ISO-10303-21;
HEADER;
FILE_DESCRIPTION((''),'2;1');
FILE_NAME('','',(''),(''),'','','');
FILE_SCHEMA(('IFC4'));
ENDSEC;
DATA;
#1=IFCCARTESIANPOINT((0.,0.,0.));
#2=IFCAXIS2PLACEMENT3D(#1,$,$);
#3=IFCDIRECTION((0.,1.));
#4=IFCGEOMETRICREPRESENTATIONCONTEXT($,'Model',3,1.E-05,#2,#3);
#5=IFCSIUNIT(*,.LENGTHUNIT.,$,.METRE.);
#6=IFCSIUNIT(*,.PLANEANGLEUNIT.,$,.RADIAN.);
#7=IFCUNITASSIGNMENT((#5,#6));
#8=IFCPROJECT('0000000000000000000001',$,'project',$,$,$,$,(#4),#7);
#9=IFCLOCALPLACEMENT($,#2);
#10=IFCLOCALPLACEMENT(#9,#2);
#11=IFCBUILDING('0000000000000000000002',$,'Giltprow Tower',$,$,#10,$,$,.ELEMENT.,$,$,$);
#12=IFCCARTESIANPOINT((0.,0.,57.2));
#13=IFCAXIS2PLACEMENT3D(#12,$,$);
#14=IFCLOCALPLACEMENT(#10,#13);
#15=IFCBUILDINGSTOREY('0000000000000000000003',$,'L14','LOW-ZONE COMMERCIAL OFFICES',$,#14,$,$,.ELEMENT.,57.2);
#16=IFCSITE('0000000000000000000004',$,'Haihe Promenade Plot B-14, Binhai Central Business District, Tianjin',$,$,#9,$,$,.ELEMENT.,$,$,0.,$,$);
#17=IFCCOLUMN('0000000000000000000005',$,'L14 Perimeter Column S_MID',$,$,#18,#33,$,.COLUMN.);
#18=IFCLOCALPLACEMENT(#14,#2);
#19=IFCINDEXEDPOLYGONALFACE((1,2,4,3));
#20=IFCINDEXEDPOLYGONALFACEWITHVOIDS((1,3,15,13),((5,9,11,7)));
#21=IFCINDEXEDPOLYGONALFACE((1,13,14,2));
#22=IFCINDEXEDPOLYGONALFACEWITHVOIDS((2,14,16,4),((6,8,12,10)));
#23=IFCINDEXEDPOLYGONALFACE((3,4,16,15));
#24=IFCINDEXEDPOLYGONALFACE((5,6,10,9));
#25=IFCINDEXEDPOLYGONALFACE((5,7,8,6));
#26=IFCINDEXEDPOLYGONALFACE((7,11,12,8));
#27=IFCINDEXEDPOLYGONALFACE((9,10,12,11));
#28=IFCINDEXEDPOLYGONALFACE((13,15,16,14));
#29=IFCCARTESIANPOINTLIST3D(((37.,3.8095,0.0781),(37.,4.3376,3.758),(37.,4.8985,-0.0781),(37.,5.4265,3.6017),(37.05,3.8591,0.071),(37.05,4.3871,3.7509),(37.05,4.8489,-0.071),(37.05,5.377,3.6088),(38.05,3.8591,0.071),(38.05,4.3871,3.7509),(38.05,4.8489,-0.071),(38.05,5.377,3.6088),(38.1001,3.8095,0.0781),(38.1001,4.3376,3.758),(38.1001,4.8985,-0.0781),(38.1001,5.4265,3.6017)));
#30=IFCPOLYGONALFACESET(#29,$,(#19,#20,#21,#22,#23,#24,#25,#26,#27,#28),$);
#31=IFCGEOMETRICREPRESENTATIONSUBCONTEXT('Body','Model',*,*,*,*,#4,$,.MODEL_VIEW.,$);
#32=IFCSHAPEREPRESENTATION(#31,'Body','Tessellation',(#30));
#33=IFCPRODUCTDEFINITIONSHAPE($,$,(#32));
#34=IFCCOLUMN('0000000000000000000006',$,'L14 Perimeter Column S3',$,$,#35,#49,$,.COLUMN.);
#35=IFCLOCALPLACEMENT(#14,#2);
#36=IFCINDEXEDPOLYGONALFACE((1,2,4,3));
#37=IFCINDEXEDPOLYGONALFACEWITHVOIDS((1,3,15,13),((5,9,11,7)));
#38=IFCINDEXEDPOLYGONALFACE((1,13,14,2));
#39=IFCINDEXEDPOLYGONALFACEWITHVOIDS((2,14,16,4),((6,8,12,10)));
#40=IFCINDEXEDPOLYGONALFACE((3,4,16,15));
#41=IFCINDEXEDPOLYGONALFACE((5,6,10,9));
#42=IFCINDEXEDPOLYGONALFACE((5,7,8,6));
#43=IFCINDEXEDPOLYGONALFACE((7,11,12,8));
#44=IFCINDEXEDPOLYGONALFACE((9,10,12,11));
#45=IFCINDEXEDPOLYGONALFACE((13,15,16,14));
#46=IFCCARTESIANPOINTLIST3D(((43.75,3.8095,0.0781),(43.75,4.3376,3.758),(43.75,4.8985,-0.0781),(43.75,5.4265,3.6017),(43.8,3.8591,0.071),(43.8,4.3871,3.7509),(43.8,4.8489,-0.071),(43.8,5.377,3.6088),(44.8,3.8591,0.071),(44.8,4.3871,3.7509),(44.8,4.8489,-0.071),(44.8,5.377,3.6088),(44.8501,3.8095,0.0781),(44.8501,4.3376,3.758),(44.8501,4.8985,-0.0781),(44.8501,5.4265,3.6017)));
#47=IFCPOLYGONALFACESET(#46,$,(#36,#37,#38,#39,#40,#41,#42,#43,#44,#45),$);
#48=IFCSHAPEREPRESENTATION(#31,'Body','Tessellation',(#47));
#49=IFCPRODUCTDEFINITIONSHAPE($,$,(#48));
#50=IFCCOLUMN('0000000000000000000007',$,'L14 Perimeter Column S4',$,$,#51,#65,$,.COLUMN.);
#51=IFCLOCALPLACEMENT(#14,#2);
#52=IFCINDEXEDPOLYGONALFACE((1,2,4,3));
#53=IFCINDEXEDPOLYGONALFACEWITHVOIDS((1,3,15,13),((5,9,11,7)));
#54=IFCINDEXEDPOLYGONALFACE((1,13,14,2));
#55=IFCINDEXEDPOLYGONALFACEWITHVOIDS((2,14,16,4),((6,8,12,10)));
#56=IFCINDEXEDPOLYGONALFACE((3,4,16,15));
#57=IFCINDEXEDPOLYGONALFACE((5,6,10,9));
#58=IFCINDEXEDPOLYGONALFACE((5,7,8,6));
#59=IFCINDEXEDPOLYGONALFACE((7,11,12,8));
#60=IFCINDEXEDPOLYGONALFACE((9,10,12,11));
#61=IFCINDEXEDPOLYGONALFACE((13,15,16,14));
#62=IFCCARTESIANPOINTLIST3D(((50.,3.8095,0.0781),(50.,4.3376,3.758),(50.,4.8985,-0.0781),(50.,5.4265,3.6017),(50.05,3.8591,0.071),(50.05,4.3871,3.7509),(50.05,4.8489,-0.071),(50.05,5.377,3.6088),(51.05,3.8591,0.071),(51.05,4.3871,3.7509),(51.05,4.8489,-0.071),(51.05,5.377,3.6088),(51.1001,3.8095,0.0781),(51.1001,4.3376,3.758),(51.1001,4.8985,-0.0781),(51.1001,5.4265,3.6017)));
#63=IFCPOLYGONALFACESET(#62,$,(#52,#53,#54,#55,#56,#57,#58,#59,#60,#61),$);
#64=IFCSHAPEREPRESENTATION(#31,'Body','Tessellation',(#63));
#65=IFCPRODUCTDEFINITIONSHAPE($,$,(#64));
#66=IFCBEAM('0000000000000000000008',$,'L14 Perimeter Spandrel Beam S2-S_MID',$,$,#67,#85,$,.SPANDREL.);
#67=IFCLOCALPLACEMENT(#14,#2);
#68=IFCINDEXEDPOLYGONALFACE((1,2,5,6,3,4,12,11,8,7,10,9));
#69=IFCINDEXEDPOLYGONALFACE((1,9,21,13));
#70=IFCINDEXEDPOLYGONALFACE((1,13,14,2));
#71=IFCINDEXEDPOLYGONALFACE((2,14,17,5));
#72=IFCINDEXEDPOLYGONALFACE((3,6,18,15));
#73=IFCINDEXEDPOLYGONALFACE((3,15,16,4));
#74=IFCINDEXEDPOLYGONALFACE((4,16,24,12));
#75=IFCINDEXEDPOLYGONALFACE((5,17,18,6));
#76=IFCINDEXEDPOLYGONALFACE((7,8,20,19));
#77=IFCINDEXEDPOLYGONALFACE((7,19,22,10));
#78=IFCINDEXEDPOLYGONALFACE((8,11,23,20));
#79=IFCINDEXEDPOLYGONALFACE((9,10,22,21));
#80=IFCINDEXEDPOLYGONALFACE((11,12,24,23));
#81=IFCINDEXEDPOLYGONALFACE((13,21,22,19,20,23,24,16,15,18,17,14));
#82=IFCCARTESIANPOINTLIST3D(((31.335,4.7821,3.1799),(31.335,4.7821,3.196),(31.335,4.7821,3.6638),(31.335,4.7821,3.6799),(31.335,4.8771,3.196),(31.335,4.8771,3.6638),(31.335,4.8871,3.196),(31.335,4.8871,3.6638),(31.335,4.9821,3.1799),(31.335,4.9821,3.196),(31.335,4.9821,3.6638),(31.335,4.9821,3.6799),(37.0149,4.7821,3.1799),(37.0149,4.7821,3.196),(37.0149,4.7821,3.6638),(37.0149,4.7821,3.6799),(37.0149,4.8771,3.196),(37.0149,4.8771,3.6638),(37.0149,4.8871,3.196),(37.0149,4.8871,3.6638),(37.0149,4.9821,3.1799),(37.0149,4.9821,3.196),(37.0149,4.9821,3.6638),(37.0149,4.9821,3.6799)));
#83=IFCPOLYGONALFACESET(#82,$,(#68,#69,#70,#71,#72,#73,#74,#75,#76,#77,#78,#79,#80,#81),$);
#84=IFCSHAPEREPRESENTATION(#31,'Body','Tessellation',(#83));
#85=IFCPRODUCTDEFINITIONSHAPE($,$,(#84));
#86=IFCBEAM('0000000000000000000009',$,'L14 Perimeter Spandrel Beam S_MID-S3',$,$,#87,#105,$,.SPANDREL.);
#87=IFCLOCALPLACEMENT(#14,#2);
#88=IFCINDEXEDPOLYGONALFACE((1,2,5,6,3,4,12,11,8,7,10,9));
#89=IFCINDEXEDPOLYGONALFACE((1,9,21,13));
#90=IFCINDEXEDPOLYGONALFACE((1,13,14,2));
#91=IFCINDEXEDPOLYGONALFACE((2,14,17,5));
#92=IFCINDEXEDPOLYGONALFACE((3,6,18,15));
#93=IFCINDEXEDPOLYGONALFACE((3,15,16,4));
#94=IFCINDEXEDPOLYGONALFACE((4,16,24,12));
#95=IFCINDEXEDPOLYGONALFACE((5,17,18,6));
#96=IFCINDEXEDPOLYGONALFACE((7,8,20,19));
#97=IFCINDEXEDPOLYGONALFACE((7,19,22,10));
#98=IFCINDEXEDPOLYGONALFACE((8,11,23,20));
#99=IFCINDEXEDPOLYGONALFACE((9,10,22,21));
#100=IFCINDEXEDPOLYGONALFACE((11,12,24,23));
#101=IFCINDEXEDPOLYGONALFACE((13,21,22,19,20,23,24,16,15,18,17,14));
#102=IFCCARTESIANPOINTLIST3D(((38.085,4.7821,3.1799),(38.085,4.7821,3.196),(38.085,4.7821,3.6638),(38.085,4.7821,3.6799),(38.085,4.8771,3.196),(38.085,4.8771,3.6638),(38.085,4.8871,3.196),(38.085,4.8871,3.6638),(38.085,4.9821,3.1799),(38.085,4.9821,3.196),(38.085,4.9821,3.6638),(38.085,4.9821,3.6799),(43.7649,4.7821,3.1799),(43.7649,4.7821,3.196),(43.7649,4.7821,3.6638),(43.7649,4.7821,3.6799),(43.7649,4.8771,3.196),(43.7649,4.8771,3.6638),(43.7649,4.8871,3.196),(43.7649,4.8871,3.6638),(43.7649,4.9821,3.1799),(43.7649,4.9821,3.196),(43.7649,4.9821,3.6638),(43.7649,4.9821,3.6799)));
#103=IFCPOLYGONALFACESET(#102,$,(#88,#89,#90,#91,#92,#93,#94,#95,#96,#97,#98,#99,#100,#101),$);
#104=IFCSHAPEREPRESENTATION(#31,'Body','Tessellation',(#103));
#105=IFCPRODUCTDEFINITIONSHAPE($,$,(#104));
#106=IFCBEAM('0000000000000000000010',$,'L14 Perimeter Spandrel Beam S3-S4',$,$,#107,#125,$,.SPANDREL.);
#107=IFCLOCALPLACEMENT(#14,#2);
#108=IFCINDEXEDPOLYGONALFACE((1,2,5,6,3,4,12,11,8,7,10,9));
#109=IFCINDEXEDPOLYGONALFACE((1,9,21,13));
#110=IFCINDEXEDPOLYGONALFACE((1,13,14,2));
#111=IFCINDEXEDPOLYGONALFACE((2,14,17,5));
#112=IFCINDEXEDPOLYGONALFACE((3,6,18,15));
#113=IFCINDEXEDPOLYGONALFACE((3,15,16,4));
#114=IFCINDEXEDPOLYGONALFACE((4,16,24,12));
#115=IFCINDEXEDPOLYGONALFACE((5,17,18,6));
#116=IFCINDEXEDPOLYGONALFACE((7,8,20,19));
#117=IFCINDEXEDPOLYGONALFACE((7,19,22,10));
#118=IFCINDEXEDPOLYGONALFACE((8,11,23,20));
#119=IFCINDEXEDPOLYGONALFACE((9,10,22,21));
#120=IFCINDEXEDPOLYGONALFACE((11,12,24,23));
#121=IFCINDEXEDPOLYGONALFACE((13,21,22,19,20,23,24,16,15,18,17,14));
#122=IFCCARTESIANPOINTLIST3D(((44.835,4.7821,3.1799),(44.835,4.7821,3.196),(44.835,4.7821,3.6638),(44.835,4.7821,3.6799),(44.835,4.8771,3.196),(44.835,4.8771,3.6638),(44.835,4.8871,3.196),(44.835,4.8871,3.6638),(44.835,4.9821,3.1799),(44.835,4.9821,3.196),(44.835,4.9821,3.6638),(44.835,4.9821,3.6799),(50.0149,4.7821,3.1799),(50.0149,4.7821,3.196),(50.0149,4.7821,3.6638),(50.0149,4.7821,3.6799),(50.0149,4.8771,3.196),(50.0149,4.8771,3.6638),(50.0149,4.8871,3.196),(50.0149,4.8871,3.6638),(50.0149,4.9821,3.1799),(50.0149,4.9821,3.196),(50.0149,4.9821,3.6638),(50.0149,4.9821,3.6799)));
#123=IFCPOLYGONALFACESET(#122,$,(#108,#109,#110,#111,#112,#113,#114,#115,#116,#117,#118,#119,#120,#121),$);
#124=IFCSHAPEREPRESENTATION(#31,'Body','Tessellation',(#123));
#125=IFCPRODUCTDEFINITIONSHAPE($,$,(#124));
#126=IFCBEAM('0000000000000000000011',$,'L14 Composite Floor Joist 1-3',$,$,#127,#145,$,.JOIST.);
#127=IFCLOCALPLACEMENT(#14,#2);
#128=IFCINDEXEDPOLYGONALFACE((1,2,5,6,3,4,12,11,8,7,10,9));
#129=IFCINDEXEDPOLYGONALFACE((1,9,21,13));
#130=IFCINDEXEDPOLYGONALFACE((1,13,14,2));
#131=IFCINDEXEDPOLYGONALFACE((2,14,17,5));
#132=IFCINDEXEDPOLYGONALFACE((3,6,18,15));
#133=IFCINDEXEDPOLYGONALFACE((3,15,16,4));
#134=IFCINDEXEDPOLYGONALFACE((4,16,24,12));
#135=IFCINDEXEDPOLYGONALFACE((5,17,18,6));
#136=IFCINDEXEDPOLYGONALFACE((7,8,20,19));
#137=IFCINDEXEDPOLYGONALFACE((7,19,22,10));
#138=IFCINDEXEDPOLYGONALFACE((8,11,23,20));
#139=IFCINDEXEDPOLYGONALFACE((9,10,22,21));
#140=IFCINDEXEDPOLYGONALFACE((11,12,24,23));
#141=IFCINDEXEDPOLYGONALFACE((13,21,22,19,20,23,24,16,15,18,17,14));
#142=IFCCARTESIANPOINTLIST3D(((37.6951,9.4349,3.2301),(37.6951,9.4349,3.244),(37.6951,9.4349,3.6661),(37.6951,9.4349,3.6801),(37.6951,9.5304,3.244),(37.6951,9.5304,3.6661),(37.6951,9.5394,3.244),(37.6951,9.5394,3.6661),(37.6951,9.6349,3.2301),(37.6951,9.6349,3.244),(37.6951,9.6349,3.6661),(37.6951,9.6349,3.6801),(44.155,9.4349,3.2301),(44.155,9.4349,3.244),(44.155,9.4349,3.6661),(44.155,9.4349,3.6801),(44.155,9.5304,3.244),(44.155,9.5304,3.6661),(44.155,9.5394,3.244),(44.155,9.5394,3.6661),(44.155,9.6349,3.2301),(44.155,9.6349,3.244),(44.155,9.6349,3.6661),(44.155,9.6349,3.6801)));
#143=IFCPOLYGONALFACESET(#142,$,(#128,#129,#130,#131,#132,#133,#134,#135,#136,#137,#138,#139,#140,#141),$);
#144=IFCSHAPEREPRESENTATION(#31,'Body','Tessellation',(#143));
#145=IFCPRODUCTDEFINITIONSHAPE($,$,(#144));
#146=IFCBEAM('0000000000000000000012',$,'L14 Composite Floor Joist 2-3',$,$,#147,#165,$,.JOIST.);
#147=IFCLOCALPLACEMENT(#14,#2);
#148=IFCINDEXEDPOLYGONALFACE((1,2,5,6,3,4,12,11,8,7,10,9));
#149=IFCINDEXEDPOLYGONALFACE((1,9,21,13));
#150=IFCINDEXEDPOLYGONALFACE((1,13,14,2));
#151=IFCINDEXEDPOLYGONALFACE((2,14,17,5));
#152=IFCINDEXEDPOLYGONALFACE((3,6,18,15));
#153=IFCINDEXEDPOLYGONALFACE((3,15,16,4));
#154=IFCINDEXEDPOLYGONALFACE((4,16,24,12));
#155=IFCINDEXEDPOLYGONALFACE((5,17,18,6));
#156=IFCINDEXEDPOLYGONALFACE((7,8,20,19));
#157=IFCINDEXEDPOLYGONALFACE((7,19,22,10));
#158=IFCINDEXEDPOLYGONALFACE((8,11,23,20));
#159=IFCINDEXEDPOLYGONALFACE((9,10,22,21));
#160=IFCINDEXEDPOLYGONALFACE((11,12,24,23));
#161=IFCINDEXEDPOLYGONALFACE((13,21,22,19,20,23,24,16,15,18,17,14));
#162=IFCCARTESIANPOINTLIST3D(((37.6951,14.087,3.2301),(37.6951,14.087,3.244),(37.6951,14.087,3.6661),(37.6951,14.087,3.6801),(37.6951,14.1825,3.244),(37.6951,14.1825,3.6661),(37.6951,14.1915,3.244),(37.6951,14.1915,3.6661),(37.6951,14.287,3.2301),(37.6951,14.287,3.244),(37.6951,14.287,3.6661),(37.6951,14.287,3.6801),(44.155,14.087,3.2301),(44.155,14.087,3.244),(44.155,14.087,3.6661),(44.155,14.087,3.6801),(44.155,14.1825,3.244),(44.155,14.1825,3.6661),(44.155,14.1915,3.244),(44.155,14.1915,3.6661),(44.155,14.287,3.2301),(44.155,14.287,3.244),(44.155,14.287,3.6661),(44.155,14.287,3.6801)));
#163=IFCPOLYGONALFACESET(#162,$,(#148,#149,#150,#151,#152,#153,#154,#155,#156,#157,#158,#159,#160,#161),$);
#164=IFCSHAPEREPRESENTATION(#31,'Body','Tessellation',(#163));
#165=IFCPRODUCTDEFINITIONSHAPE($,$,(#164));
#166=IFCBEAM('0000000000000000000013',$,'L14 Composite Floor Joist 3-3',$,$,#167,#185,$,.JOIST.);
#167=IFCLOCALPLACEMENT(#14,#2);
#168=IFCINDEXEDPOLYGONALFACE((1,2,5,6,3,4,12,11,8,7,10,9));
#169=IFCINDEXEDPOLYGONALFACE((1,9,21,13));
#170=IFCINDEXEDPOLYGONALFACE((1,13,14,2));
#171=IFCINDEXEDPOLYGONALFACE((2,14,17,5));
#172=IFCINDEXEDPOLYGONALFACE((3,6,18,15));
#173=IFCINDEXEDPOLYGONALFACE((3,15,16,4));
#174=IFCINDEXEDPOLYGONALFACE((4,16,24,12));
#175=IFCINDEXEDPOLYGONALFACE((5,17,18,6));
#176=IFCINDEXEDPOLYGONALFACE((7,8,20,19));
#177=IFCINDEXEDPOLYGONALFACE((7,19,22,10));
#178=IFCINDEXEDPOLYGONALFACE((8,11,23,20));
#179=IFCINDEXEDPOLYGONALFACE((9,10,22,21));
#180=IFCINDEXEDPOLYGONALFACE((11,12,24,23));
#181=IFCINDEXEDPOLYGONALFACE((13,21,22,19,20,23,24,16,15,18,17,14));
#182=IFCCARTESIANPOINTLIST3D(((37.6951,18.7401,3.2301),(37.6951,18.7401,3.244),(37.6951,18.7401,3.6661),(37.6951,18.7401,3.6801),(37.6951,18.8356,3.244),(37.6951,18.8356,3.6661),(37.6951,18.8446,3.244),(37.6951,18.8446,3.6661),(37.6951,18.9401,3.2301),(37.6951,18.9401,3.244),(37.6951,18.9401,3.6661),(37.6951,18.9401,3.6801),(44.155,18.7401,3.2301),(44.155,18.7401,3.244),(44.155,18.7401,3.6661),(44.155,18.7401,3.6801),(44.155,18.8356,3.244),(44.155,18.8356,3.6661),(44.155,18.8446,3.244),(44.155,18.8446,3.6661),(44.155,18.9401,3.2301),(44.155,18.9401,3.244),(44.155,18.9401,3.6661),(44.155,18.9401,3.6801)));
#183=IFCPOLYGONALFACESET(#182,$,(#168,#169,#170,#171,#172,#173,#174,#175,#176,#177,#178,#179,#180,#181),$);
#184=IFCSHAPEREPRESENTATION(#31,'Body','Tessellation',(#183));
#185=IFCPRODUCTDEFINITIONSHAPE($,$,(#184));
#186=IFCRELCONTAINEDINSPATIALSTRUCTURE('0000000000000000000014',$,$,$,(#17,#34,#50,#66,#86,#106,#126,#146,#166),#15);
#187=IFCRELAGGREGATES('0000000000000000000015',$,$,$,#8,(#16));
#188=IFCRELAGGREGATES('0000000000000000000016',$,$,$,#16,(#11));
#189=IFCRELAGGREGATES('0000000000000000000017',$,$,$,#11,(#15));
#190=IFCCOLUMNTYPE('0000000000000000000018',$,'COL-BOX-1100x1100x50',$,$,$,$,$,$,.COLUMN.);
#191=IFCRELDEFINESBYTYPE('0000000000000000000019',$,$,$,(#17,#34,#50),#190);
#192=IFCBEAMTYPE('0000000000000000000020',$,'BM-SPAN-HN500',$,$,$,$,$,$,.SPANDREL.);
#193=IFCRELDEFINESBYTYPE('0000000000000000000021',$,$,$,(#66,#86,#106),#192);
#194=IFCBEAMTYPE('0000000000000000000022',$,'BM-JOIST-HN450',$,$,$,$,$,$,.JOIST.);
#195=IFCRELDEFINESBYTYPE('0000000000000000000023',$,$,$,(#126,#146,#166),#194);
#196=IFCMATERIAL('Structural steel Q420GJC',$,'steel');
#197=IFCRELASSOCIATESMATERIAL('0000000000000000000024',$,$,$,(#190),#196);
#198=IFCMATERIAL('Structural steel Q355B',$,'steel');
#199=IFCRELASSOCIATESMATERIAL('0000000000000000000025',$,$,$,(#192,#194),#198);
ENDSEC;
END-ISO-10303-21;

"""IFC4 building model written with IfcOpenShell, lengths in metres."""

from ifc_helpers import new_model, si_unit, direction, frame, origin, origin_2d, place, context, subcontext, project, spatial, hollow_rectangle, i_section, extrude, source, transform, mapped, material, material_profile, profile_set, type_object, element, save


model = new_model("IFC4")

# Units and contexts
model_context = context("Model", 3, precision=1e-05, world=origin(), true_north=direction((0.0, 1.0)))
body_context = subcontext(model_context, "Body", "Model", "MODEL_VIEW")
ifc_project = project(units=[si_unit("LENGTHUNIT", "METRE"), si_unit("PLANEANGLEUNIT", "RADIAN")], contexts=[model_context])

# Site, building, storey
site_placement = place(None, origin())
site = spatial("IfcSite", under=ifc_project, at=site_placement, Name="Haihe Promenade Plot B-14, Binhai Central Business District, Tianjin", CompositionType="ELEMENT", RefElevation=0.0)
building_placement = place(site_placement, origin())
building = spatial("IfcBuilding", under=site, at=building_placement, Name="Giltprow Tower", CompositionType="ELEMENT")
storey_placement = place(building_placement, frame((0.0, 0.0, 57.2)))
storey = spatial("IfcBuildingStorey", under=building, at=storey_placement, Name="L14", Description="LOW-ZONE COMMERCIAL OFFICES", CompositionType="ELEMENT", Elevation=57.2)

# Columns
ifc_material_1 = material(Name="Structural steel Q420GJC", Category="steel")
ifc_material_profile_1 = material_profile(ifc_material_1, hollow_rectangle(XDim=1.1001, YDim=1.1001, WallThickness=0.05, at=origin_2d()), Name="BOX 1100x1100x50")
ifc_profile_set_1 = profile_set([ifc_material_profile_1], Name="Structural steel Q420GJC")
column_type = type_object("IfcColumnType", Name="COL-BOX-1100x1100x50", PredefinedType="COLUMN", material=ifc_profile_set_1)
shared_shape_1 = source(origin(), body_context, "Body", "SweptSolid", [
    extrude(hollow_rectangle(XDim=1.1001, YDim=1.1001, WallThickness=0.05, at=origin_2d()), origin(), (0.0, 0.0, 1.0), 3.7175),
])
for number, where, z_axis, x_axis, name in (
    (1, (37.55, 4.354, 0.0), (0.0, 0.142047, 0.98986), (-1.0, 0.0, 0.0), "L14 Perimeter Column S_MID"),
    (2, (44.3, 4.354, 0.0), (0.0, 0.142047, 0.98986), (-1.0, 0.0, 0.0), "L14 Perimeter Column S3"),
    (3, (50.55, 4.354, 0.0), (0.0, 0.142047, 0.98986), (-1.0, 0.0, 0.0), "L14 Perimeter Column S4"),
):
    element("IfcColumn", number, at=place(storey_placement, frame(where, z_axis=z_axis, x_axis=x_axis)), inside=storey, type_object=column_type, Name=name, PredefinedType="COLUMN", context=body_context, shape_type="MappedRepresentation", body=[
        mapped(shared_shape_1, transform((0.0, 0.0, 0.0), x_axis=(1.0, 0.0, 0.0), y_axis=(0.0, 1.0, 0.0), z_axis=(0.0, 0.0, 1.0), scale=1.0)),
    ])

# Beams
ifc_material_2 = material(Name="Structural steel Q355B", Category="steel")
ifc_material_profile_2 = material_profile(ifc_material_2, i_section(OverallWidth=0.2, OverallDepth=0.5, WebThickness=0.01, FlangeThickness=0.0161, at=origin_2d()), Name="HN 500x200x10x16")
ifc_profile_set_2 = profile_set([ifc_material_profile_2], Name="Structural steel Q355B")
beam_type_1 = type_object("IfcBeamType", Name="BM-SPAN-HN500", PredefinedType="SPANDREL", material=ifc_profile_set_2)
shared_shape_2 = source(origin(), body_context, "Body", "SweptSolid", [
    extrude(i_section(OverallWidth=0.2, OverallDepth=0.5, WebThickness=0.01, FlangeThickness=0.0161, at=origin_2d()), origin(), (0.0, 0.0, 1.0), 5.6799),
])
for number, where, z_axis, x_axis, name in (
    (4, (31.335, 4.8821, 3.4299), (1.0, 0.0, 0.0), (0.0, 1.0, 0.0), "L14 Perimeter Spandrel Beam S2-S_MID"),
    (5, (38.085, 4.8821, 3.4299), (1.0, 0.0, 0.0), (0.0, 1.0, 0.0), "L14 Perimeter Spandrel Beam S_MID-S3"),
):
    element("IfcBeam", number, at=place(storey_placement, frame(where, z_axis=z_axis, x_axis=x_axis)), inside=storey, type_object=beam_type_1, Name=name, PredefinedType="SPANDREL", context=body_context, shape_type="MappedRepresentation", body=[
        mapped(shared_shape_2, transform((0.0, 0.0, 0.0), x_axis=(1.0, 0.0, 0.0), y_axis=(0.0, 1.0, 0.0), z_axis=(0.0, 0.0, 1.0), scale=1.0)),
    ])
shared_shape_3 = source(origin(), body_context, "Body", "SweptSolid", [
    extrude(i_section(OverallWidth=0.2, OverallDepth=0.5, WebThickness=0.01, FlangeThickness=0.0161, at=origin_2d()), origin(), (0.0, 0.0, 1.0), 5.1799),
])
beam_1_placement = place(storey_placement, frame((44.835, 4.8821, 3.4299), z_axis=(1.0, 0.0, 0.0), x_axis=(0.0, 1.0, 0.0)))
element("IfcBeam", 6, at=beam_1_placement, inside=storey, type_object=beam_type_1, Name="L14 Perimeter Spandrel Beam S3-S4", PredefinedType="SPANDREL", context=body_context, shape_type="MappedRepresentation", body=[
    mapped(shared_shape_3, transform((0.0, 0.0, 0.0), x_axis=(1.0, 0.0, 0.0), y_axis=(0.0, 1.0, 0.0), z_axis=(0.0, 0.0, 1.0), scale=1.0)),
])
ifc_material_profile_3 = material_profile(ifc_material_2, i_section(OverallWidth=0.2, OverallDepth=0.45, WebThickness=0.009, FlangeThickness=0.0139, at=origin_2d()), Name="HN 450x200x9x14")
ifc_profile_set_3 = profile_set([ifc_material_profile_3], Name="Structural steel Q355B")
beam_type_2 = type_object("IfcBeamType", Name="BM-JOIST-HN450", PredefinedType="JOIST", material=ifc_profile_set_3)
shared_shape_4 = source(origin(), body_context, "Body", "SweptSolid", [
    extrude(i_section(OverallWidth=0.2, OverallDepth=0.45, WebThickness=0.009, FlangeThickness=0.0139, at=origin_2d()), origin(), (0.0, 0.0, 1.0), 6.46),
])
for number, where, z_axis, x_axis, name in (
    (7, (37.6951, 9.5349, 3.4551), (1.0, 0.0, 0.0), (0.0, 1.0, 0.0), "L14 Composite Floor Joist 1-3"),
    (8, (37.6951, 14.187, 3.4551), (1.0, 0.0, 0.0), (0.0, 1.0, 0.0), "L14 Composite Floor Joist 2-3"),
    (9, (37.6951, 18.8401, 3.4551), (1.0, 0.0, 0.0), (0.0, 1.0, 0.0), "L14 Composite Floor Joist 3-3"),
):
    element("IfcBeam", number, at=place(storey_placement, frame(where, z_axis=z_axis, x_axis=x_axis)), inside=storey, type_object=beam_type_2, Name=name, PredefinedType="JOIST", context=body_context, shape_type="MappedRepresentation", body=[
        mapped(shared_shape_4, transform((0.0, 0.0, 0.0), x_axis=(1.0, 0.0, 0.0), y_axis=(0.0, 1.0, 0.0), z_axis=(0.0, 0.0, 1.0), scale=1.0)),
    ])

save(model, "model.ifc")
